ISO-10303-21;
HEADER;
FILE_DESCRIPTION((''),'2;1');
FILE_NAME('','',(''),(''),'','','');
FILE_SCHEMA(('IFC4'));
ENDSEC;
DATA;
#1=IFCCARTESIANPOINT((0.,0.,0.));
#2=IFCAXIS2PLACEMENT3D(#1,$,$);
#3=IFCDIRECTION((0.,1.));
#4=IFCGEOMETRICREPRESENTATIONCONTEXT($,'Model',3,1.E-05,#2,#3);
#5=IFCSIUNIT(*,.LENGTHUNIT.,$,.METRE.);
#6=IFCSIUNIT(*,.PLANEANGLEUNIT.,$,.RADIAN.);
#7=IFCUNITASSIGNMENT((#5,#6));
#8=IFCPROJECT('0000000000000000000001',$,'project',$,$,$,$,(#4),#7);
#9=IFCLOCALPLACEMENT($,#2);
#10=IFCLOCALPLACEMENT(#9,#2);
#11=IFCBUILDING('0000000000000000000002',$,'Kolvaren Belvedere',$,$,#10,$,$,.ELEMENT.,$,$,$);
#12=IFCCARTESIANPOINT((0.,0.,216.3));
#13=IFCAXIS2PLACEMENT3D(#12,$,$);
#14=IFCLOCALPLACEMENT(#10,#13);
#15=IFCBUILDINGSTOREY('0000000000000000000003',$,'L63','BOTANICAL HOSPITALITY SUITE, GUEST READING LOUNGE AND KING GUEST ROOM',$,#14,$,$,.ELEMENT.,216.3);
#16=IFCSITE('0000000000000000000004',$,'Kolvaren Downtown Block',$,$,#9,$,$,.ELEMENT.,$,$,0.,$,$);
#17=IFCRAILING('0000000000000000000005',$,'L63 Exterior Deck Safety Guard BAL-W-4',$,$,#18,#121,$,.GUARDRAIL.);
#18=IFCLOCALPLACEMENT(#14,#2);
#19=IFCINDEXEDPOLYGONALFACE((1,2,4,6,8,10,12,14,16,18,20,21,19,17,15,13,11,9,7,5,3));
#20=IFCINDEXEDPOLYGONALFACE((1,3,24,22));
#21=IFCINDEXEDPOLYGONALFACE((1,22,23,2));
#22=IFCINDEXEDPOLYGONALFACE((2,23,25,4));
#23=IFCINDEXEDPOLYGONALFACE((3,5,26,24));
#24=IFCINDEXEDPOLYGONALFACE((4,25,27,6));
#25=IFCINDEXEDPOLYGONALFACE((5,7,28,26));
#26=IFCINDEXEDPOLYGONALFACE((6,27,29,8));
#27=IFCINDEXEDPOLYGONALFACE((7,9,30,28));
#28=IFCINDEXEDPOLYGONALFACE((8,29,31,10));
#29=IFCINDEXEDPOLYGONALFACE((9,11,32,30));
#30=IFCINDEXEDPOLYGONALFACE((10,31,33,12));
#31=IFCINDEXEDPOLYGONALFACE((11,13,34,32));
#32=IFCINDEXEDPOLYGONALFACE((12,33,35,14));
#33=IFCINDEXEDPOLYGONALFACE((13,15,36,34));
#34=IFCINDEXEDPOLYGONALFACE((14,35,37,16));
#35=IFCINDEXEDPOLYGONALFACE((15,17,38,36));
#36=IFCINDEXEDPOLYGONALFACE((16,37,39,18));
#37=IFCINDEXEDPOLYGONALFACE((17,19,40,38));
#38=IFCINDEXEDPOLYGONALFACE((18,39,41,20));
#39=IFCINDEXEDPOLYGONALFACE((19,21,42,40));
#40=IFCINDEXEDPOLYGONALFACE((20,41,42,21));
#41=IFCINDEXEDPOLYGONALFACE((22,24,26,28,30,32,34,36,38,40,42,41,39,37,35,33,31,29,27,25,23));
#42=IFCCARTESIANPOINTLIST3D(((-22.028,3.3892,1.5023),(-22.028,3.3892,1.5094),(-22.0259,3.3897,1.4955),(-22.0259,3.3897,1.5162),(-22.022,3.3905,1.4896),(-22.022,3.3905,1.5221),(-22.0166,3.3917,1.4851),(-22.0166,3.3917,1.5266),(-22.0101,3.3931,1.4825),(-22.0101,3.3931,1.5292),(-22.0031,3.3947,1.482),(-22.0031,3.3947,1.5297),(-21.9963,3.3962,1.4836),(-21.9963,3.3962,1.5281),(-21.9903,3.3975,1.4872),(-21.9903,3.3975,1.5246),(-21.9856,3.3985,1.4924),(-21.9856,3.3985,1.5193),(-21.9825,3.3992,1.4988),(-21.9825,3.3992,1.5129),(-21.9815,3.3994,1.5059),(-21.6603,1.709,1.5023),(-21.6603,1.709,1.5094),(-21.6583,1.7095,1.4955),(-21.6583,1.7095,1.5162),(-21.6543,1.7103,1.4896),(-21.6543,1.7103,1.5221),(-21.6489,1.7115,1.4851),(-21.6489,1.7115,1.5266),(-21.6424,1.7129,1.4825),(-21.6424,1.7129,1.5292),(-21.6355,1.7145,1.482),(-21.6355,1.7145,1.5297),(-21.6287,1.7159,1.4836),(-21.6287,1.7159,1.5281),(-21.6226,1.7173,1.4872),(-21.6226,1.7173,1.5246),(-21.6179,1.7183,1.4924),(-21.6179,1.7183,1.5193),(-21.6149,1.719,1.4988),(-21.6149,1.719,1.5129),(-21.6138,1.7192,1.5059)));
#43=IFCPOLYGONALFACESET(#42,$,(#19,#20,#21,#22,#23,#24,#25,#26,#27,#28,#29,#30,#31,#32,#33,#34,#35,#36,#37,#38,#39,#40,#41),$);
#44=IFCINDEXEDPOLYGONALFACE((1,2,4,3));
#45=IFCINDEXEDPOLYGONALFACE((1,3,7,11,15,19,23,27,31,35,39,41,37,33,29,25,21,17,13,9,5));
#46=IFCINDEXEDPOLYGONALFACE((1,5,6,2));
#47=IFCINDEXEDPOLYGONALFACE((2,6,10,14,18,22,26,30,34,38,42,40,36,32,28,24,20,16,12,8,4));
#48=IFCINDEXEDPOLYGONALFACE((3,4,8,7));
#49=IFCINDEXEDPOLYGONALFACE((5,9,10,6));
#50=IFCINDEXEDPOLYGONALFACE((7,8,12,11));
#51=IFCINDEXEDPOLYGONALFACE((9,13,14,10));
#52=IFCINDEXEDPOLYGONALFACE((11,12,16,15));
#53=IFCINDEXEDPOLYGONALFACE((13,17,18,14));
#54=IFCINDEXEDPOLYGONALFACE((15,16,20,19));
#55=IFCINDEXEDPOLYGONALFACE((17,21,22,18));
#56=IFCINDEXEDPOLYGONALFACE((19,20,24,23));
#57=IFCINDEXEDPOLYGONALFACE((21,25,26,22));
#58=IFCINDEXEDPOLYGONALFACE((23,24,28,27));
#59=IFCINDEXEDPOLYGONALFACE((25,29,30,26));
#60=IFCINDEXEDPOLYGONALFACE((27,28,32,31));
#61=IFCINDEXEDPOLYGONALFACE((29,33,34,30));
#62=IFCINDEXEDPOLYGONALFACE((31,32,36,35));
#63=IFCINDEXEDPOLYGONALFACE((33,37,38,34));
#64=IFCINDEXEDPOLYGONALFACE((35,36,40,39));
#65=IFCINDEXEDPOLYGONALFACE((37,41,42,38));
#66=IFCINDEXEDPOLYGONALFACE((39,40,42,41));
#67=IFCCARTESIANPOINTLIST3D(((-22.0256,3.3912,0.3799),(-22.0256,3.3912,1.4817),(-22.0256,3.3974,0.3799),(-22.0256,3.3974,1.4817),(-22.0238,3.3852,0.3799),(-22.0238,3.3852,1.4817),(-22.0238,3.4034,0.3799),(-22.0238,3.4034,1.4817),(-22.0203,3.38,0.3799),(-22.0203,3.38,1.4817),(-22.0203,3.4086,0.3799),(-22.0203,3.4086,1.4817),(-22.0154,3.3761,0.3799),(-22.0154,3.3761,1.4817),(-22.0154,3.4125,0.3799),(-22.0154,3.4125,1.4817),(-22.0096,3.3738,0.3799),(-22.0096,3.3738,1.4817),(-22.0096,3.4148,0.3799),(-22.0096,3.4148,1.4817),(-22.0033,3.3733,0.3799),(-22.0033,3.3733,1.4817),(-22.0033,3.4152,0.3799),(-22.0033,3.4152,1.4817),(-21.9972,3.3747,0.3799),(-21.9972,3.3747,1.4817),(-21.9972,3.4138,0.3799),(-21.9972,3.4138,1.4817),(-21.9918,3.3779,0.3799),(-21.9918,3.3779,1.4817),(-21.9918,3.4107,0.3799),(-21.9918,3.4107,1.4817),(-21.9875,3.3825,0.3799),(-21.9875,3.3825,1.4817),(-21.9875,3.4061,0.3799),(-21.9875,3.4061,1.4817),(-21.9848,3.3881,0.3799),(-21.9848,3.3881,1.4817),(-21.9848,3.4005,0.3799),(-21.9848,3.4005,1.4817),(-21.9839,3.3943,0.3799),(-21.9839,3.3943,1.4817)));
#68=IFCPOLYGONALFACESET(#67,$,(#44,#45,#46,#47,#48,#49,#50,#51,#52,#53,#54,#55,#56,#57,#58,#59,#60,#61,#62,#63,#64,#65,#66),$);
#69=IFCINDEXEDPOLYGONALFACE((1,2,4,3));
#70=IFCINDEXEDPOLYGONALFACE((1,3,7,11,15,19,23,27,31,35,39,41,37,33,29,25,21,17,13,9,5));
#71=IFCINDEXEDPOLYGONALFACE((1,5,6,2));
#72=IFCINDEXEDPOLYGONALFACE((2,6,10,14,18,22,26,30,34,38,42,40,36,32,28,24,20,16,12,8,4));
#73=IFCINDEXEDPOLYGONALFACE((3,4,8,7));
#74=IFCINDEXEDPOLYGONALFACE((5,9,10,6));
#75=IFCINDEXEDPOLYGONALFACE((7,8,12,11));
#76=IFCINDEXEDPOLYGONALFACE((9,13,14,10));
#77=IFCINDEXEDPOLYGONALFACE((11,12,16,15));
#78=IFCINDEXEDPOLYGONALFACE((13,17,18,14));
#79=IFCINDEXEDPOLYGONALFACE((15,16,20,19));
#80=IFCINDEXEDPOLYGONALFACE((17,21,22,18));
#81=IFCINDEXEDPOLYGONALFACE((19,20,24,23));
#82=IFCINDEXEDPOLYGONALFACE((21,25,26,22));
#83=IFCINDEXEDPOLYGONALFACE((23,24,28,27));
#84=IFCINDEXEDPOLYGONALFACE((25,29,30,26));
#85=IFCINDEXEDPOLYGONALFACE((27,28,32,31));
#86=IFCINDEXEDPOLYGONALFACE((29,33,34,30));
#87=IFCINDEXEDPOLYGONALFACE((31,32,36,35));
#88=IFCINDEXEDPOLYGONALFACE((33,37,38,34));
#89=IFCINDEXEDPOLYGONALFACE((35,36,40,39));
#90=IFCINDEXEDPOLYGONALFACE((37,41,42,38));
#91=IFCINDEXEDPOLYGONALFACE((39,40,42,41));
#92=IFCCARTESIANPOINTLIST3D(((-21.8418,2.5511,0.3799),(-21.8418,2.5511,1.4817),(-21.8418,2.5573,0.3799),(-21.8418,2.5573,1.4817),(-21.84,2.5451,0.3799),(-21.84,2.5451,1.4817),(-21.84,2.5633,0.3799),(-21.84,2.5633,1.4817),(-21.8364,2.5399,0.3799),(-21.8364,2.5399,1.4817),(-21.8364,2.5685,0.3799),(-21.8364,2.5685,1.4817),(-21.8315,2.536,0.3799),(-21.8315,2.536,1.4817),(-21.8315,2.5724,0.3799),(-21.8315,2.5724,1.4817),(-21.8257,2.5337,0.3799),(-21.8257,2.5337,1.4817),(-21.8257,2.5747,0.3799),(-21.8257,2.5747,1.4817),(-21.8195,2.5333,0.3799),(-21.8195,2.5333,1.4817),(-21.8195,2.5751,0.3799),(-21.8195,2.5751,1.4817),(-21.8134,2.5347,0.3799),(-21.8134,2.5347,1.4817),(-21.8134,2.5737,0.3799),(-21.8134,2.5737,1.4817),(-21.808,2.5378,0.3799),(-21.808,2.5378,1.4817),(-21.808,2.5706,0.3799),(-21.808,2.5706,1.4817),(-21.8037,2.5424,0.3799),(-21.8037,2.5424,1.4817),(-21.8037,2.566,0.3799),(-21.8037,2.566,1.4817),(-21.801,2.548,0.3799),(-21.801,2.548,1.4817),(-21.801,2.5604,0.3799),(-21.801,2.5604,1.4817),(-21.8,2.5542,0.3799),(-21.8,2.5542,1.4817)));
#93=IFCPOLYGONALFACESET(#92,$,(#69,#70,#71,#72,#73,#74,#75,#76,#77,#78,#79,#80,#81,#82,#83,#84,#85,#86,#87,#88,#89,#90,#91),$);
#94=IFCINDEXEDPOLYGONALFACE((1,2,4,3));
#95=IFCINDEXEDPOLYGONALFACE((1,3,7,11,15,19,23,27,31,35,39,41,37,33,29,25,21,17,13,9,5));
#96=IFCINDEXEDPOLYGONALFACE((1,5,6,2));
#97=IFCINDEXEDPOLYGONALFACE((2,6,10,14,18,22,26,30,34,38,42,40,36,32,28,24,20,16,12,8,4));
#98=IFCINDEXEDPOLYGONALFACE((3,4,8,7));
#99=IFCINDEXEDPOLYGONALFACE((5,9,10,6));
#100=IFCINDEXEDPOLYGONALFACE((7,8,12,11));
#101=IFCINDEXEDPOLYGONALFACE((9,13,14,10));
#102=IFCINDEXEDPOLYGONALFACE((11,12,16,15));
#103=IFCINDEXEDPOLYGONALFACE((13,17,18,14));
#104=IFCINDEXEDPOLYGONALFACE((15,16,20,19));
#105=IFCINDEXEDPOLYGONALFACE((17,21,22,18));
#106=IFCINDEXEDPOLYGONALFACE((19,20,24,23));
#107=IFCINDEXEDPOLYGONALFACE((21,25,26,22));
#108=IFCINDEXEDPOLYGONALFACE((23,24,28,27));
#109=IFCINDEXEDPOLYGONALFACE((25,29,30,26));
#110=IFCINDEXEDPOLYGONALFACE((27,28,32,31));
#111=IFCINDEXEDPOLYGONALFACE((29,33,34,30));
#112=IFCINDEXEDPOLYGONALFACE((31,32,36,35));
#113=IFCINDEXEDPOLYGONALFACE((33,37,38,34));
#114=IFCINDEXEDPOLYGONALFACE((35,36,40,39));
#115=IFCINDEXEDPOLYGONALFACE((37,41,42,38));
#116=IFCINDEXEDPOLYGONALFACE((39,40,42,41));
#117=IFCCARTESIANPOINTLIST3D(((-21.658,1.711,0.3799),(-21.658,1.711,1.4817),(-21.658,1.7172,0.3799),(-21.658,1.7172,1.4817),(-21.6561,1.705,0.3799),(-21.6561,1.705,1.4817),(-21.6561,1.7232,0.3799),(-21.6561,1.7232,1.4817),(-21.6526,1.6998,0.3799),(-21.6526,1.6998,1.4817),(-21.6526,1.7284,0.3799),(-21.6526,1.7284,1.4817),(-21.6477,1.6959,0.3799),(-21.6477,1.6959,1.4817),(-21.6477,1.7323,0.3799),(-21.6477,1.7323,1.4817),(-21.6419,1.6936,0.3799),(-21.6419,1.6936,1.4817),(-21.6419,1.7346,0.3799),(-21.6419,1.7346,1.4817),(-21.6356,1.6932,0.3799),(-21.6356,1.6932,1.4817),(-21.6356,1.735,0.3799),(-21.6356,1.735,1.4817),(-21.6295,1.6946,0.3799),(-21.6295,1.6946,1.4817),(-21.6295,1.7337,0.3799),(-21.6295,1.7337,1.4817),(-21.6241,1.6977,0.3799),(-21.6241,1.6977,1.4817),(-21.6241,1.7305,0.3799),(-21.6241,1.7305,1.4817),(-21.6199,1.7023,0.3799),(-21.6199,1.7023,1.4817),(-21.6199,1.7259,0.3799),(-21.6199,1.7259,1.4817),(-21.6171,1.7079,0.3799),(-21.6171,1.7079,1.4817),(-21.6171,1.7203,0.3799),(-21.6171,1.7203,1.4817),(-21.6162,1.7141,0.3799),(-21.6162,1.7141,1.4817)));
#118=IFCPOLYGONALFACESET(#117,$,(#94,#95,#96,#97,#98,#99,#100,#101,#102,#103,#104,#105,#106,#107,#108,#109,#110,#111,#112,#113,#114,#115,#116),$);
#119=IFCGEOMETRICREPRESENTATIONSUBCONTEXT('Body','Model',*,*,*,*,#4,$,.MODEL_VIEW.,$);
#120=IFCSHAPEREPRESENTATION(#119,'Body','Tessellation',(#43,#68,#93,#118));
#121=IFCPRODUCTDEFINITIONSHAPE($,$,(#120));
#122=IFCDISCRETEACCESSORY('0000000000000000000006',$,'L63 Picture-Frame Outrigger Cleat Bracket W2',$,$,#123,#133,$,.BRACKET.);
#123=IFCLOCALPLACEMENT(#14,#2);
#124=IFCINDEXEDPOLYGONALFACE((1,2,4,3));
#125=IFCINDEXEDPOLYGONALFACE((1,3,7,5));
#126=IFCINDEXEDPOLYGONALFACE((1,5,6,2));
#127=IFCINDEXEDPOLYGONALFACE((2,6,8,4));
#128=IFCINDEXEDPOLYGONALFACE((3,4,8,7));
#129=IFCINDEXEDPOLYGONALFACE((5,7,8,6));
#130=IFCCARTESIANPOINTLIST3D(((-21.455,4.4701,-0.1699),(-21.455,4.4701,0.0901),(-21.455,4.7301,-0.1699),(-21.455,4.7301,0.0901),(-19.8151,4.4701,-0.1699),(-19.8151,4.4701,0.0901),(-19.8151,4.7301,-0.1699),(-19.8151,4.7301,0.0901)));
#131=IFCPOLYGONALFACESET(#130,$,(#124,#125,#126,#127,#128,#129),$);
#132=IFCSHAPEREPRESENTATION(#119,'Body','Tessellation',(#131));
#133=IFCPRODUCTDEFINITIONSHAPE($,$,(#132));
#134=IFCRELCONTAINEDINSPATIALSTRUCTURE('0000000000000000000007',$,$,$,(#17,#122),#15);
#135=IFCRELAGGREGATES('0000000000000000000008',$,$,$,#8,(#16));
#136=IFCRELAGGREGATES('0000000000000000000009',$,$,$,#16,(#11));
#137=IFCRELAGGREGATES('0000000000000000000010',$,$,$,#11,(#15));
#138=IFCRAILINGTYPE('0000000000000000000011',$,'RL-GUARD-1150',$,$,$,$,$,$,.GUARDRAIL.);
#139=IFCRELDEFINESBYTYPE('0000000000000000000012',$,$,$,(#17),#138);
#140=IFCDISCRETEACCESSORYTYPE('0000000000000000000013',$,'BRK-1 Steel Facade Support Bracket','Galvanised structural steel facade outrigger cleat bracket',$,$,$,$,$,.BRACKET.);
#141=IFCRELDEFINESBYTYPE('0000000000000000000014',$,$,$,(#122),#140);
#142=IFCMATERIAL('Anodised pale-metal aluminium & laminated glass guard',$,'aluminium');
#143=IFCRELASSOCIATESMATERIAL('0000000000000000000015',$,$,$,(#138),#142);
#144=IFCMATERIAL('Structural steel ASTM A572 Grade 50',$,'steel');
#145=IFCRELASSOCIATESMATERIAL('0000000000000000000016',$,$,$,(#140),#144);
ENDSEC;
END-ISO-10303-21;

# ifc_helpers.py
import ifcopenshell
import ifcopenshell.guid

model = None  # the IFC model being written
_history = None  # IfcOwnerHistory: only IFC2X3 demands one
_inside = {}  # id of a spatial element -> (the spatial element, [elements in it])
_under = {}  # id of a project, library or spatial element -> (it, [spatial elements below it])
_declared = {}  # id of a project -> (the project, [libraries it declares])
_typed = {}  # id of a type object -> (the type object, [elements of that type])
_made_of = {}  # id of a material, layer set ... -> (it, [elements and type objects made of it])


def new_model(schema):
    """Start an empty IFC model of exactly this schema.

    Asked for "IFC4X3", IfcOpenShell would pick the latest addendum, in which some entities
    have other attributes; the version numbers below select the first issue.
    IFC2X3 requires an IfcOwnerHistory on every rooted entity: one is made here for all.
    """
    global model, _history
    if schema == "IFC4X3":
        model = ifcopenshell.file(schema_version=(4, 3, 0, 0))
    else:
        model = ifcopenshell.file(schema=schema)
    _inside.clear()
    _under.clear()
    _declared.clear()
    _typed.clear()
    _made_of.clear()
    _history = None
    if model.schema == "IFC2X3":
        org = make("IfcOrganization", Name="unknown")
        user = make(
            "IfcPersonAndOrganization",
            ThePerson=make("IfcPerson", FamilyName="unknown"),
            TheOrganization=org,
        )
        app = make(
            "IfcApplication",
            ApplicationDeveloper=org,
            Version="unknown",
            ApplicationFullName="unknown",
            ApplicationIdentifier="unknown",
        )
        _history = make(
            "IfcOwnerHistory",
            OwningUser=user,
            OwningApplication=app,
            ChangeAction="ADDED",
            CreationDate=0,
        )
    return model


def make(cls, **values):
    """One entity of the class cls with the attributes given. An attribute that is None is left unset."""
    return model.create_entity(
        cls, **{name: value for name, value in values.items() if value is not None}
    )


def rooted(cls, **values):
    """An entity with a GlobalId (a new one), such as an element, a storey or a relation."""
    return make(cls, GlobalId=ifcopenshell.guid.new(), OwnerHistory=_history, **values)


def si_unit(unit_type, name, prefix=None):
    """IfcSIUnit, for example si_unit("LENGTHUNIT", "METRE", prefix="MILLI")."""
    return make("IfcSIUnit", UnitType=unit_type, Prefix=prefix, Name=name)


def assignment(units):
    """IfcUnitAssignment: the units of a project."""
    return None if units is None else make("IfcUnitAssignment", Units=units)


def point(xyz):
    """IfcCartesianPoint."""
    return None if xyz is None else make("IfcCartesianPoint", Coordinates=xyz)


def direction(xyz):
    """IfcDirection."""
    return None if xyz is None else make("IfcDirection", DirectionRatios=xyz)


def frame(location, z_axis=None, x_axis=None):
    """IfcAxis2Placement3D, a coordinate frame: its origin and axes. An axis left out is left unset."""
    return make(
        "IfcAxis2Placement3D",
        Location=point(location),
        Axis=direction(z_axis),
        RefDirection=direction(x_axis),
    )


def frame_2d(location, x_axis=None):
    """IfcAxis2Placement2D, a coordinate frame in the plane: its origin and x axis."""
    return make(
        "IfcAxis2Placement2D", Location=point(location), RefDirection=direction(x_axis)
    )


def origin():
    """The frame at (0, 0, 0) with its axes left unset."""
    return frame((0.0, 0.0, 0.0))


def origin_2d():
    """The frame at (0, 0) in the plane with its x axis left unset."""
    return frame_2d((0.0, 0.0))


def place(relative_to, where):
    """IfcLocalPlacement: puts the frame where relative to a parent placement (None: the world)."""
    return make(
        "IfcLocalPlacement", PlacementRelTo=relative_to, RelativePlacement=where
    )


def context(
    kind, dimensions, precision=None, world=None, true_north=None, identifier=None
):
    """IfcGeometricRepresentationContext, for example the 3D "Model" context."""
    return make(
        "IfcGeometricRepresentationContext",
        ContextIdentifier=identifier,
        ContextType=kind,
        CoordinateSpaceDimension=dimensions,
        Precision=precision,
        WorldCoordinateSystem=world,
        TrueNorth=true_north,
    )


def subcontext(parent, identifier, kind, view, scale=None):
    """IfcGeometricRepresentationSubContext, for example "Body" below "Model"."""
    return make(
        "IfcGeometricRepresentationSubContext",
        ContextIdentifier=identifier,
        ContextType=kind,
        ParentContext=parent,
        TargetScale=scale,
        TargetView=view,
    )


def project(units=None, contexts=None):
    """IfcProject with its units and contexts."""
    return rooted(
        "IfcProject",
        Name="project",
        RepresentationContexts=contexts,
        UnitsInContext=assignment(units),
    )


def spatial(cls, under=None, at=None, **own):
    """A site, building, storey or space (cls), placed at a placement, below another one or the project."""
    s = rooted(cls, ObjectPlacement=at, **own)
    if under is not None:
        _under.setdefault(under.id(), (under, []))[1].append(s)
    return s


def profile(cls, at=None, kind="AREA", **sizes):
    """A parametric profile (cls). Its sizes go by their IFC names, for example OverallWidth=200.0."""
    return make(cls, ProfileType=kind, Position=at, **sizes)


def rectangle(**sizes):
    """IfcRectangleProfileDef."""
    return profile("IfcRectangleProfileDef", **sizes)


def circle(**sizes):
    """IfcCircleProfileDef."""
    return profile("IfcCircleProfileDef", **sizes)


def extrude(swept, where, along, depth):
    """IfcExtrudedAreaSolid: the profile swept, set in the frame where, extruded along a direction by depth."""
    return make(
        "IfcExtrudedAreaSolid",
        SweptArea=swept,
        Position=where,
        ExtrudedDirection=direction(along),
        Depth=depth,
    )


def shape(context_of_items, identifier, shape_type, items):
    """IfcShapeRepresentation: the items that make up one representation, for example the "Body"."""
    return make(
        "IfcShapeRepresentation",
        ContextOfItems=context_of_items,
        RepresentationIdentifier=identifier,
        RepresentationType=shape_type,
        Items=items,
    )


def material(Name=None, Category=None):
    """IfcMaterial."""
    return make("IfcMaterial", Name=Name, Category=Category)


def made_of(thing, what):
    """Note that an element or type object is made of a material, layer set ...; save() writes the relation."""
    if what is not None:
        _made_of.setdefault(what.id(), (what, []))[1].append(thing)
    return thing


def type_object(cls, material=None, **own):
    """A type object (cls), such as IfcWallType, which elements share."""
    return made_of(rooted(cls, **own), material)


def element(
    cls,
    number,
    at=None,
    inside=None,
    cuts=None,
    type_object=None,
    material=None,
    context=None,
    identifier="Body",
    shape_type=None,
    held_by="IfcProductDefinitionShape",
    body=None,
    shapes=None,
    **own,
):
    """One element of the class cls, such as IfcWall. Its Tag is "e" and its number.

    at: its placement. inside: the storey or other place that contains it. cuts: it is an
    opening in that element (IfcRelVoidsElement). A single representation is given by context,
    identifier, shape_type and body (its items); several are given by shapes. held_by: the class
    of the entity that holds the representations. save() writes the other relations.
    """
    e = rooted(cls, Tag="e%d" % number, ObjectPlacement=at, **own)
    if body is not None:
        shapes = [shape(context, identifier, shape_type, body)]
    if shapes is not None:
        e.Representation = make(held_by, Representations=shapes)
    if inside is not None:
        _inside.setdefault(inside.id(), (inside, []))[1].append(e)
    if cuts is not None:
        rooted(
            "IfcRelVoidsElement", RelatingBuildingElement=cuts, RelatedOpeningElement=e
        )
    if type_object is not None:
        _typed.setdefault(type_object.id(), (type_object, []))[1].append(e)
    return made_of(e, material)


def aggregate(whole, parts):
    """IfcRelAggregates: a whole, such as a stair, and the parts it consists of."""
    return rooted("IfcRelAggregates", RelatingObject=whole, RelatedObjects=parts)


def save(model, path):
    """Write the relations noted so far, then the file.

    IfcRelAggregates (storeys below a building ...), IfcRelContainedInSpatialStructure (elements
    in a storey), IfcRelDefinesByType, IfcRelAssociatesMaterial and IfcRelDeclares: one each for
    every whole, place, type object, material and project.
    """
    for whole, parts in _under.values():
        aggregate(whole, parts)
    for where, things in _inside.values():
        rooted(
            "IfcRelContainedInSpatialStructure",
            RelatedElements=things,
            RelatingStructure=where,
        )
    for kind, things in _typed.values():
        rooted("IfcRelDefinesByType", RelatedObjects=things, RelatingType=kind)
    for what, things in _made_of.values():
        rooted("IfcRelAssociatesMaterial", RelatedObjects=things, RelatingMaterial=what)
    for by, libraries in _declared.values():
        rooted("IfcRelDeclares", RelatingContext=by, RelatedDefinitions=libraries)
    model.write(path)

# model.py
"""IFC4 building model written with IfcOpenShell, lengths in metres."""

from ifc_helpers import new_model, si_unit, direction, frame, origin, origin_2d, place, context, subcontext, project, spatial, rectangle, circle, extrude, material, type_object, element, save


model = new_model("IFC4")

# Units and contexts
model_context = context("Model", 3, precision=1e-05, world=origin(), true_north=direction((0.0, 1.0)))
body_context = subcontext(model_context, "Body", "Model", "MODEL_VIEW")
ifc_project = project(units=[si_unit("LENGTHUNIT", "METRE"), si_unit("PLANEANGLEUNIT", "RADIAN")], contexts=[model_context])

# Site, building, storey
site_placement = place(None, origin())
site = spatial("IfcSite", under=ifc_project, at=site_placement, Name="Kolvaren Downtown Block", CompositionType="ELEMENT", RefElevation=0.0)
building_placement = place(site_placement, origin())
building = spatial("IfcBuilding", under=site, at=building_placement, Name="Kolvaren Belvedere", CompositionType="ELEMENT")
storey_placement = place(building_placement, frame((0.0, 0.0, 216.3)))
storey = spatial("IfcBuildingStorey", under=building, at=storey_placement, Name="L63", Description="BOTANICAL HOSPITALITY SUITE, GUEST READING LOUNGE AND KING GUEST ROOM", CompositionType="ELEMENT", Elevation=216.3)

# Railing
ifc_material_1 = material(Name="Anodised pale-metal aluminium & laminated glass guard", Category="aluminium")
railing_type = type_object("IfcRailingType", Name="RL-GUARD-1150", PredefinedType="GUARDRAIL", material=ifc_material_1)
railing_1_placement = place(storey_placement, frame((-22.0049, 3.3943, 0.3799)))
element("IfcRailing", 1, at=railing_1_placement, inside=storey, type_object=railing_type, Name="L63 Exterior Deck Safety Guard BAL-W-4", PredefinedType="GUARDRAIL", context=body_context, shape_type="SweptSolid", body=[
    extrude(circle(Radius=0.0239, at=origin_2d()), frame((0.0, 0.0, 1.126), z_axis=(0.213773, -0.976883, 0.0), x_axis=(0.976883, 0.213773, 0.0)), (0.0, 0.0, 1.0), 1.72),
    extrude(circle(Radius=0.021, at=origin_2d()), origin(), (0.0, 0.0, 1.0), 1.1018),
    extrude(circle(Radius=0.021, at=origin_2d()), frame((0.1838, -0.8401, 0.0)), (0.0, 0.0, 1.0), 1.1018),
    extrude(circle(Radius=0.021, at=origin_2d()), frame((0.3677, -1.6802, 0.0)), (0.0, 0.0, 1.0), 1.1018),
])

# Discrete accessory
ifc_material_2 = material(Name="Structural steel ASTM A572 Grade 50", Category="steel")
discrete_accessory_type = type_object("IfcDiscreteAccessoryType", Name="BRK-1 Steel Facade Support Bracket", Description="Galvanised structural steel facade outrigger cleat bracket", PredefinedType="BRACKET", material=ifc_material_2)
discrete_accessory_placement = place(storey_placement, frame((-20.635, 4.6001, -0.1699), z_axis=(0.0, 0.0, 1.0), x_axis=(1.0, 0.0, 0.0)))
element("IfcDiscreteAccessory", 2, at=discrete_accessory_placement, inside=storey, type_object=discrete_accessory_type, Name="L63 Picture-Frame Outrigger Cleat Bracket W2", PredefinedType="BRACKET", context=body_context, shape_type="SweptSolid", body=[
    extrude(rectangle(XDim=1.6399, YDim=0.26, at=origin_2d()), origin(), (0.0, 0.0, 1.0), 0.26),
])

save(model, "model.ifc")
